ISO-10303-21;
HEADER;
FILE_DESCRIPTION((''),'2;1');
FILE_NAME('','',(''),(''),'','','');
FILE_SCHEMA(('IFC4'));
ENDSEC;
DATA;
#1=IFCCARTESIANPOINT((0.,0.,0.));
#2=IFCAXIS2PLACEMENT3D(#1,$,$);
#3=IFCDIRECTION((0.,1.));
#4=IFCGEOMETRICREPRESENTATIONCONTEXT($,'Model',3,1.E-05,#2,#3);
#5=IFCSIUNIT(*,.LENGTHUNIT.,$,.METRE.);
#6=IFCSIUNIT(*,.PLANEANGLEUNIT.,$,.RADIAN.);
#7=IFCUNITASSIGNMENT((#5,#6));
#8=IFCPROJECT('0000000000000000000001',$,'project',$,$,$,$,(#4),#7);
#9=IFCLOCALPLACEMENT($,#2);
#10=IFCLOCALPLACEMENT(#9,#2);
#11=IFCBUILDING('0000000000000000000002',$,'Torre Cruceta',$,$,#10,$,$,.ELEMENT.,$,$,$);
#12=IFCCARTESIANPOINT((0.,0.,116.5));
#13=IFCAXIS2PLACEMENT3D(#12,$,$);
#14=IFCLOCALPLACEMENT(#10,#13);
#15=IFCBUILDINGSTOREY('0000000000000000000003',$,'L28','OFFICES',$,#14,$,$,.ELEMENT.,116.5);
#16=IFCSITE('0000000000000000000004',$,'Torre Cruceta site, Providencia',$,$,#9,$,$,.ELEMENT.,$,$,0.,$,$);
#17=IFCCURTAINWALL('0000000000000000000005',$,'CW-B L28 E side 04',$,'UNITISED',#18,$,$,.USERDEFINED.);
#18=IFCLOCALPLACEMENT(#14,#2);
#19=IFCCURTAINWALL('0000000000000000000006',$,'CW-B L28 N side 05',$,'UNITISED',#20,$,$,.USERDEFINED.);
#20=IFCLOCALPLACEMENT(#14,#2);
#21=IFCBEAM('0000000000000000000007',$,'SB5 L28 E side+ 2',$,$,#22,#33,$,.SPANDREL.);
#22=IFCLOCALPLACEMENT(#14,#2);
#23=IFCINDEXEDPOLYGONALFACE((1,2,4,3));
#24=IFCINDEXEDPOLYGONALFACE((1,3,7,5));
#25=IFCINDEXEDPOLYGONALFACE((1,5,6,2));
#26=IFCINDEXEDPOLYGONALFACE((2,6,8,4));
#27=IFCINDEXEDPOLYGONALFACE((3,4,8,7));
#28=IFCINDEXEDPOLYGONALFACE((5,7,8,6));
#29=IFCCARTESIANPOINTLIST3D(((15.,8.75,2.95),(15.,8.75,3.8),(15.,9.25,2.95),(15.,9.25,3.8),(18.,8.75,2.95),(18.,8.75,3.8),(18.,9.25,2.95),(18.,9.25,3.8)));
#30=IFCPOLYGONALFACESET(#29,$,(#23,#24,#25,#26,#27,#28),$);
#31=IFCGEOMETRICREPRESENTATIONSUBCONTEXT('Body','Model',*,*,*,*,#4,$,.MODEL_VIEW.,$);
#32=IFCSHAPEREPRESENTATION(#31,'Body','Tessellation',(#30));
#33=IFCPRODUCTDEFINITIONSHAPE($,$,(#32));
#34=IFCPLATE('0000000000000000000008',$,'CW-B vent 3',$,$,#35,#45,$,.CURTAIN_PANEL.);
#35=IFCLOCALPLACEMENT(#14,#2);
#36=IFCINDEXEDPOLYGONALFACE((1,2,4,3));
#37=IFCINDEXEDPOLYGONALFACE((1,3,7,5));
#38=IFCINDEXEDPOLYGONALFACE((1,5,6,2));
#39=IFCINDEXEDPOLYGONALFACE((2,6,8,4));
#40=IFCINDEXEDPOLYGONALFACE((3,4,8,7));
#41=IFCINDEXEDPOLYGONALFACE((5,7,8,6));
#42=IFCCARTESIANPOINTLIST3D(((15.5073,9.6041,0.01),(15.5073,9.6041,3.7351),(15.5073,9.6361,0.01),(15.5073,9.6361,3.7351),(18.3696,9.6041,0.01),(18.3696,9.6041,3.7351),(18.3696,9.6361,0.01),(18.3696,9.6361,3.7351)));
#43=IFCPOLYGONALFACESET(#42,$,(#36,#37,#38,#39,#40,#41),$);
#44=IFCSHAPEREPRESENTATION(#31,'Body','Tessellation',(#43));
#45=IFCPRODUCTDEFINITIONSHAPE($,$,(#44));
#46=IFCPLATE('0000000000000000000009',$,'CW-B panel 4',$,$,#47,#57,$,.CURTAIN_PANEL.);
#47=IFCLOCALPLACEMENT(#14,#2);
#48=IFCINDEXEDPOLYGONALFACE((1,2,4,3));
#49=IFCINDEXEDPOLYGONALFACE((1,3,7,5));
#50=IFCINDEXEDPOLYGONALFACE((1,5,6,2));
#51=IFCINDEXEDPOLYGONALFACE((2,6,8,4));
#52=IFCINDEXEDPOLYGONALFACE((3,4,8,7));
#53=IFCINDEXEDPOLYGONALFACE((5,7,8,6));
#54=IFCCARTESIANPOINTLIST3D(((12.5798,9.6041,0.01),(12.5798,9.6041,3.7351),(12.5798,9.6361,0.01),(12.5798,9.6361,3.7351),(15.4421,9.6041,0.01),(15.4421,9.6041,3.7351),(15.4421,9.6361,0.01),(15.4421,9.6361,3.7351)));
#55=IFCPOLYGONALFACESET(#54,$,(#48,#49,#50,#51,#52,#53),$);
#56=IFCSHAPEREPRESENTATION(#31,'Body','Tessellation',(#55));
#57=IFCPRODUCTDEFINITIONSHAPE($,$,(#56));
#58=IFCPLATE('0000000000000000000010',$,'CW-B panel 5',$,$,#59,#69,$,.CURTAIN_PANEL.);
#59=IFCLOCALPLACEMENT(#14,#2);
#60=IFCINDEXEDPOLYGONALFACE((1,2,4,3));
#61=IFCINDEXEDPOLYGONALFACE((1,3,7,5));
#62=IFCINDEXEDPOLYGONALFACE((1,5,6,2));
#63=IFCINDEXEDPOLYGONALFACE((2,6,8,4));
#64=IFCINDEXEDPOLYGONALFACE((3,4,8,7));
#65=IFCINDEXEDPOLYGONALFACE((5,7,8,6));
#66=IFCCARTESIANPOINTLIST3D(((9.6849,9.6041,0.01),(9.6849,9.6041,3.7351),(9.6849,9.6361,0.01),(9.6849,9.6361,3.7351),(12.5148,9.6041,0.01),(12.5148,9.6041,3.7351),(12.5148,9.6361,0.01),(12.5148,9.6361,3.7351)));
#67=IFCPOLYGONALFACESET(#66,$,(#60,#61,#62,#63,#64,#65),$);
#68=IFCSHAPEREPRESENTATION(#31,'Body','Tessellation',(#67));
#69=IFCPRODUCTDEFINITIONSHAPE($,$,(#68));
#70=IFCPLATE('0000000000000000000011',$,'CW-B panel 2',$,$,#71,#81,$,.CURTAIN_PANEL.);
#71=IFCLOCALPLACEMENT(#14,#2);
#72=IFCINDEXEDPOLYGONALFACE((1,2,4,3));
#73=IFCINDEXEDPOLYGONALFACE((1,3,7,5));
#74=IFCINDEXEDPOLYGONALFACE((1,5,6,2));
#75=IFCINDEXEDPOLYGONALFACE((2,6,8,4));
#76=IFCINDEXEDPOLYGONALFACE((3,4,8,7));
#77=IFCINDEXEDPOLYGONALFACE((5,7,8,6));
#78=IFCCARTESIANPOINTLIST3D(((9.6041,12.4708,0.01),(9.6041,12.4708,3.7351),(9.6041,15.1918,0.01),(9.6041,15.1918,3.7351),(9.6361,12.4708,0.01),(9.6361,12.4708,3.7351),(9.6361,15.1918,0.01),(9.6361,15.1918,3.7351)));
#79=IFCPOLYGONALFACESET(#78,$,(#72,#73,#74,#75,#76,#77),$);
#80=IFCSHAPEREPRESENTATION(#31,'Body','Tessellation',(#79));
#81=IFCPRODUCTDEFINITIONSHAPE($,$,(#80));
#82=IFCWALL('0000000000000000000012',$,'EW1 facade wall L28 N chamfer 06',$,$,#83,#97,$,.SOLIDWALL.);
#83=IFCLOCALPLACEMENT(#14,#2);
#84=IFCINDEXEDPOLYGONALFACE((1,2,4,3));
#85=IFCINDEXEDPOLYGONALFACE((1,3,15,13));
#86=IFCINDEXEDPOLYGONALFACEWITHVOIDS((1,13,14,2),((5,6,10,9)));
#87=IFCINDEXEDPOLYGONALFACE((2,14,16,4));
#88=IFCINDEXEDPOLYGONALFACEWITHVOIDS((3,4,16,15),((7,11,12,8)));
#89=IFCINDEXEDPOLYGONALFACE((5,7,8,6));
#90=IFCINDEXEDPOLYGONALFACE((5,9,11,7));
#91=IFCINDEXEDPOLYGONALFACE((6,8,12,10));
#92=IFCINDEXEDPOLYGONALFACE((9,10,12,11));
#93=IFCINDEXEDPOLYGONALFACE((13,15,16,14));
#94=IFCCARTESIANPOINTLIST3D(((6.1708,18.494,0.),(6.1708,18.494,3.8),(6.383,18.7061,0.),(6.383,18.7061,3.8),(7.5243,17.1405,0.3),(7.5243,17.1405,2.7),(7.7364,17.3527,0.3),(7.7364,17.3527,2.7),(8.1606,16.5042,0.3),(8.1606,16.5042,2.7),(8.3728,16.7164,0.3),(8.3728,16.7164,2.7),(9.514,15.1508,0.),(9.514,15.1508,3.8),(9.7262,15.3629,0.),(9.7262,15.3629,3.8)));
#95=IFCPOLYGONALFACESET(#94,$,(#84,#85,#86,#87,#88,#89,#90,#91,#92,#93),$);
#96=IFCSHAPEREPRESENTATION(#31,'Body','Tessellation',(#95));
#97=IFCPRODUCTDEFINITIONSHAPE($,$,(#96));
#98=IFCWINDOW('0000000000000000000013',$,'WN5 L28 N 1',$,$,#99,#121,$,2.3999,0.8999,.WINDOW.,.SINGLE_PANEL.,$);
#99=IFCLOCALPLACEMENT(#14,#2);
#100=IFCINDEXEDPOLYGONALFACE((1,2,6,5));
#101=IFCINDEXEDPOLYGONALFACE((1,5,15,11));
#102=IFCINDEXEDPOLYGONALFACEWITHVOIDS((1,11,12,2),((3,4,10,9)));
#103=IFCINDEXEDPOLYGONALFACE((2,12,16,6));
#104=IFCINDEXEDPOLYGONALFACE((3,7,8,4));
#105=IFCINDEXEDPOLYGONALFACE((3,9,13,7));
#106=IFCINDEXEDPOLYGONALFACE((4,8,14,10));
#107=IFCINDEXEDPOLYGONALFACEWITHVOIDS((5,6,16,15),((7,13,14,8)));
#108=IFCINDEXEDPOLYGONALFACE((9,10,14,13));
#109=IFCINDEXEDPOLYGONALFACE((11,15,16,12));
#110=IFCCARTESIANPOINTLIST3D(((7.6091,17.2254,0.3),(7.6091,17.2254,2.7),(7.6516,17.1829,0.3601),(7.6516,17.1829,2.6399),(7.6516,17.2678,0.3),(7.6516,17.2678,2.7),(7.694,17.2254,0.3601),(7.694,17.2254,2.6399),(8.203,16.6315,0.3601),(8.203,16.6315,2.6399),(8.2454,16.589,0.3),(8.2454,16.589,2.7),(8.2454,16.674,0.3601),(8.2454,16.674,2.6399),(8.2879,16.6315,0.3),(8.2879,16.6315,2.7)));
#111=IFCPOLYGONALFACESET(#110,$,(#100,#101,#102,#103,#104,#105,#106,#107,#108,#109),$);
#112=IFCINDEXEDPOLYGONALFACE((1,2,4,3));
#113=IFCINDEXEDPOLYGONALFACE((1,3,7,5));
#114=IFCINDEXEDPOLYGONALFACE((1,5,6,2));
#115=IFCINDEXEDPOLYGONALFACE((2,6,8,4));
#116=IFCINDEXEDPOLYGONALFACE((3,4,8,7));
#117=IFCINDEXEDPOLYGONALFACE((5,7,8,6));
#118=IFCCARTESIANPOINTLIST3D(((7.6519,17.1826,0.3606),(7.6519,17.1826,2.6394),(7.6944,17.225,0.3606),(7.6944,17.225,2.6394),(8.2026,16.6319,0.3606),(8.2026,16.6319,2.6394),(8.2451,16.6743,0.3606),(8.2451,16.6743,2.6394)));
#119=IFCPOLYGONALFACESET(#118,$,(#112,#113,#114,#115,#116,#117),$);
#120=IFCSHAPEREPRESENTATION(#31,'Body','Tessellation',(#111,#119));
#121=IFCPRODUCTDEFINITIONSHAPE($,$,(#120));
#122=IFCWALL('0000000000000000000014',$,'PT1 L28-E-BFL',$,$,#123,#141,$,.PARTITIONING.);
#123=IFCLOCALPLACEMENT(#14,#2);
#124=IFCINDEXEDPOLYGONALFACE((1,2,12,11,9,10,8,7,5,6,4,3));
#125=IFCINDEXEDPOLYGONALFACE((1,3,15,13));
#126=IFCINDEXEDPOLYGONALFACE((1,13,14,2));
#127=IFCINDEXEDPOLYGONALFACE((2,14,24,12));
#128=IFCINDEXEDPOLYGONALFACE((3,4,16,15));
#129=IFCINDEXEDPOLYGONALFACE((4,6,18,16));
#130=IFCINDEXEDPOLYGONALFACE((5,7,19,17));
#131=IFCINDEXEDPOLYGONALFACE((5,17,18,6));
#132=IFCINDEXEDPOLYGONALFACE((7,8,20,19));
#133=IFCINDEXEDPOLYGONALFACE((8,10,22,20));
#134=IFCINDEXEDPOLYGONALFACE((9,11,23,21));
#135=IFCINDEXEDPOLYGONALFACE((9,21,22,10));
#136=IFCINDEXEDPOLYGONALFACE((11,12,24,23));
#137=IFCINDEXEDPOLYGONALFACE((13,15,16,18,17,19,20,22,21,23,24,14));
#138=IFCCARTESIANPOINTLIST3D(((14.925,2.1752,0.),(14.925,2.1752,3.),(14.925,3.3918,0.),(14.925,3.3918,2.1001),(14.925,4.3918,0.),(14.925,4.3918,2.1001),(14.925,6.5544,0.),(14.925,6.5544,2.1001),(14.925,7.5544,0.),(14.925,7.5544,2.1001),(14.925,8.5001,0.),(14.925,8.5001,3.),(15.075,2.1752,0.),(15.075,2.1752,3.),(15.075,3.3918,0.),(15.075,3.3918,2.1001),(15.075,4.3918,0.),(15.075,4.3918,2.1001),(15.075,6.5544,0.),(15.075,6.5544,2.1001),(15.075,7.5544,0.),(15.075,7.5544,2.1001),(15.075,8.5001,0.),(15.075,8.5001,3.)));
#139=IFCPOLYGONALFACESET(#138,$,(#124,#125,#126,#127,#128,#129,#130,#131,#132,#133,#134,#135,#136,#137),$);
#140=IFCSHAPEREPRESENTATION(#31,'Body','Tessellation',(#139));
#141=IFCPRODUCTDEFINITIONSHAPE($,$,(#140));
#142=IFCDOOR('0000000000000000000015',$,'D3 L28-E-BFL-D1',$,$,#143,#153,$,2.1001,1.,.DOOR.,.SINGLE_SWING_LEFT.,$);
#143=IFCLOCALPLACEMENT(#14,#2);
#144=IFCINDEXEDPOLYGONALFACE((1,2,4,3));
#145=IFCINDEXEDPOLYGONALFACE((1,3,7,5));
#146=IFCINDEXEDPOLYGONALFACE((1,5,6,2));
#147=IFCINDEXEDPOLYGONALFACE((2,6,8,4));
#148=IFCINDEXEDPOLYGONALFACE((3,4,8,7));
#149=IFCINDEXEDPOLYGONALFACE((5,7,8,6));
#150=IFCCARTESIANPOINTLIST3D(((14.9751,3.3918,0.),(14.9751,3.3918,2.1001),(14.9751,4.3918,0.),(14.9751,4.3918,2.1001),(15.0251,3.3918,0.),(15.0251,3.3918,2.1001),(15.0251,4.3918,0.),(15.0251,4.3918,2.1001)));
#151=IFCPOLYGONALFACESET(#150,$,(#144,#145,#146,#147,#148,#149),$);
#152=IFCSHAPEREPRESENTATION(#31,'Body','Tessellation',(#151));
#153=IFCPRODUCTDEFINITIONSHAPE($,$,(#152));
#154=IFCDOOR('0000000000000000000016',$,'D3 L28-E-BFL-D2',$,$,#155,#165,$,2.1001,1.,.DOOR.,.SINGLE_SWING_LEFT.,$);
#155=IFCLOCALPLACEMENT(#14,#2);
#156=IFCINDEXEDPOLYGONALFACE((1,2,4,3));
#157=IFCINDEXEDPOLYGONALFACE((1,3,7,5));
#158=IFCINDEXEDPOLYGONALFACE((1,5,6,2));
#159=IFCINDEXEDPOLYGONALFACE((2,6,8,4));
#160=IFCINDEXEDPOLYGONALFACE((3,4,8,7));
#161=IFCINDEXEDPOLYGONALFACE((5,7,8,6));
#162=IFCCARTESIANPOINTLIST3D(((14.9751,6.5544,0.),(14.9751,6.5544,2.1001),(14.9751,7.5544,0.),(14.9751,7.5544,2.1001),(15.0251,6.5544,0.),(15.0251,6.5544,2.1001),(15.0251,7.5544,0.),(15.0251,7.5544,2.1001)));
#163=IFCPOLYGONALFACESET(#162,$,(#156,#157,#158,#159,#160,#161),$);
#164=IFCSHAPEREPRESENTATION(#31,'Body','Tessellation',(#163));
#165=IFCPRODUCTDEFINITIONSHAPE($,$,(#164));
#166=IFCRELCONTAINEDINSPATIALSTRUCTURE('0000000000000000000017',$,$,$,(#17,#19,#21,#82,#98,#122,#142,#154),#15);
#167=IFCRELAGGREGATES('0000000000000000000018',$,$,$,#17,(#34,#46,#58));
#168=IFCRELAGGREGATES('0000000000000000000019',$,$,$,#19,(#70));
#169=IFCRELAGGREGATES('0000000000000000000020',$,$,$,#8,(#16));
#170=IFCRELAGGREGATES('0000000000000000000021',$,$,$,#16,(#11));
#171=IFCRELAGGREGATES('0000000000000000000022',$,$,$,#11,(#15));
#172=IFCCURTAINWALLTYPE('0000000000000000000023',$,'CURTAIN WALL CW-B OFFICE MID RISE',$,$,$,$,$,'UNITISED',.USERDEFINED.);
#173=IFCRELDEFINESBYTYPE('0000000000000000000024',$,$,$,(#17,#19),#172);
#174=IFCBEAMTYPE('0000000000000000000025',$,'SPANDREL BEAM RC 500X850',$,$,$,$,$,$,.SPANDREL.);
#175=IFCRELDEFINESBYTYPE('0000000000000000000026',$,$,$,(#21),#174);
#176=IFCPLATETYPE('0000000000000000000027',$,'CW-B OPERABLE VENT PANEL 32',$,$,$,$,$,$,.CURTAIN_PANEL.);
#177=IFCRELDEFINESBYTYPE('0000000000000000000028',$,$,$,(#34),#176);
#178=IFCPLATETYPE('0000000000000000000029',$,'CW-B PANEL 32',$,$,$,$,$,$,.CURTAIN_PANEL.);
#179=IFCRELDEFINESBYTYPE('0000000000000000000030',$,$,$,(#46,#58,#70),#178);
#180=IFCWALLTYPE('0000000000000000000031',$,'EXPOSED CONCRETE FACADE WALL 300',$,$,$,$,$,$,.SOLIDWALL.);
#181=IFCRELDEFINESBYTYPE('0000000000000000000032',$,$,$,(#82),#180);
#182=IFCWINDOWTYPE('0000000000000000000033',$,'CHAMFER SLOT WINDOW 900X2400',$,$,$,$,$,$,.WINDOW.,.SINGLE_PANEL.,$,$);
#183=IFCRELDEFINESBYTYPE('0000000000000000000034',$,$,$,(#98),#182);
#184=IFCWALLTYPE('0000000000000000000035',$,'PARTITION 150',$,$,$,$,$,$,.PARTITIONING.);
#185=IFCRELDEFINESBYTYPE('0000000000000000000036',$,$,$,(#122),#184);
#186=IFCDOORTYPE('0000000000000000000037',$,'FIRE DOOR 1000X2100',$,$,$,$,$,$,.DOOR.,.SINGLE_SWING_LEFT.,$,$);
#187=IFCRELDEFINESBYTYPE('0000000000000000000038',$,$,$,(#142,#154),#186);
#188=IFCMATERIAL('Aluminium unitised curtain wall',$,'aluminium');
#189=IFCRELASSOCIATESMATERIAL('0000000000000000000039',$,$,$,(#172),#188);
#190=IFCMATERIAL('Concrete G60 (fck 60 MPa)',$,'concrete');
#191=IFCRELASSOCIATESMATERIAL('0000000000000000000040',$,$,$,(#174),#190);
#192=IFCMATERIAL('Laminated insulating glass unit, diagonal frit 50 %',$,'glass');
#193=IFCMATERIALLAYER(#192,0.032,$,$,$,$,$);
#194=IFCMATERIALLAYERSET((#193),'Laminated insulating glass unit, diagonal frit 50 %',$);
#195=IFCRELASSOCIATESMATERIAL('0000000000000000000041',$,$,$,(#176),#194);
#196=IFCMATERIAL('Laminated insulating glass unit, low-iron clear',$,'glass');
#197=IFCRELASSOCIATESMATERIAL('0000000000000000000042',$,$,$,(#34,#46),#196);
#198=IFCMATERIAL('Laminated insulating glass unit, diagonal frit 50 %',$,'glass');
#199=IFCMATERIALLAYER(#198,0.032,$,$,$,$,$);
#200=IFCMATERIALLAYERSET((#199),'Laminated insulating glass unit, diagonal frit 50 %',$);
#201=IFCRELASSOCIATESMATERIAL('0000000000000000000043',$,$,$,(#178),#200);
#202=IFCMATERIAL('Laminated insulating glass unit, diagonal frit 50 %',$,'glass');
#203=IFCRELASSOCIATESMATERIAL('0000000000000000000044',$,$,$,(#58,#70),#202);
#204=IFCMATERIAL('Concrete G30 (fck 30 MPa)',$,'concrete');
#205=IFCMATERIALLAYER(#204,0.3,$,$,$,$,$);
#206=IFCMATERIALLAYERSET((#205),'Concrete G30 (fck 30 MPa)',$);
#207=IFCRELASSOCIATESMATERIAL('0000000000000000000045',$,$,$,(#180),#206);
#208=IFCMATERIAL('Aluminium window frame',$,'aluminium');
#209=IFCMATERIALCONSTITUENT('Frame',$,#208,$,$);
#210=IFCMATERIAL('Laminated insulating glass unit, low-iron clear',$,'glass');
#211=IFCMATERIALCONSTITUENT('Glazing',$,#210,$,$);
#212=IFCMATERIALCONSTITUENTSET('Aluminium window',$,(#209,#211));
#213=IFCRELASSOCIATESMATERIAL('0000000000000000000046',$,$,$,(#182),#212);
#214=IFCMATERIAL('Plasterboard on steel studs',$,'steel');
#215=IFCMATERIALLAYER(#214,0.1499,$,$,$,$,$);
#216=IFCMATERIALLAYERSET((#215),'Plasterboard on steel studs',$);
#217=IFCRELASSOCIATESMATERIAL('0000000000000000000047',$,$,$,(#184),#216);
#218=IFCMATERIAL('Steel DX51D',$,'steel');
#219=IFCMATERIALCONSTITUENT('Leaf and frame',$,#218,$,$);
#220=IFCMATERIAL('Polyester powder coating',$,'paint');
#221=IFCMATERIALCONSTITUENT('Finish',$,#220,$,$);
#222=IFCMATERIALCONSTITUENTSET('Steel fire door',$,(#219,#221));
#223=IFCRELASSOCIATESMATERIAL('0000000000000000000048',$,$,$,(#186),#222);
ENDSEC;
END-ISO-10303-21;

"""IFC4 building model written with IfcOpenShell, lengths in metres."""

from ifc_helpers import new_model, si_unit, direction, frame, frame_2d, origin, origin_2d, place, context, subcontext, project, spatial, rectangle, hollow_rectangle, extrude, material, layer, layer_set, constituent, constituent_set, material_profile, profile_set, type_object, element, fill, aggregate, save


model = new_model("IFC4")

# Units and contexts
model_context = context("Model", 3, precision=1e-05, world=origin(), true_north=direction((0.0, 1.0)))
body_context = subcontext(model_context, "Body", "Model", "MODEL_VIEW")
ifc_project = project(units=[si_unit("LENGTHUNIT", "METRE"), si_unit("PLANEANGLEUNIT", "RADIAN")], contexts=[model_context])

# Site, building, storey
site_placement = place(None, origin())
site = spatial("IfcSite", under=ifc_project, at=site_placement, Name="Torre Cruceta site, Providencia", CompositionType="ELEMENT", RefElevation=0.0)
building_placement = place(site_placement, origin())
building = spatial("IfcBuilding", under=site, at=building_placement, Name="Torre Cruceta", CompositionType="ELEMENT")
storey_placement = place(building_placement, frame((0.0, 0.0, 116.5)))
storey = spatial("IfcBuildingStorey", under=building, at=storey_placement, Name="L28", Description="OFFICES", CompositionType="ELEMENT", Elevation=116.5)

# Curtain wall
ifc_material_1 = material(Name="Aluminium unitised curtain wall", Category="aluminium")
curtain_wall_type = type_object("IfcCurtainWallType", Name="CURTAIN WALL CW-B OFFICE MID RISE", ElementType="UNITISED", PredefinedType="USERDEFINED", material=ifc_material_1)
curtain_wall_1_placement = place(storey_placement, origin())
curtain_wall_1 = element("IfcCurtainWall", 1, at=curtain_wall_1_placement, inside=storey, type_object=curtain_wall_type, Name="CW-B L28 E side 04", ObjectType="UNITISED", PredefinedType="USERDEFINED")

# Curtain wall
curtain_wall_2_placement = place(storey_placement, origin())
curtain_wall_2 = element("IfcCurtainWall", 2, at=curtain_wall_2_placement, inside=storey, type_object=curtain_wall_type, Name="CW-B L28 N side 05", ObjectType="UNITISED", PredefinedType="USERDEFINED")

# Beam
ifc_material_2 = material(Name="Concrete G60 (fck 60 MPa)", Category="concrete")
ifc_material_profile_1 = material_profile(ifc_material_2, rectangle(XDim=0.5, YDim=0.8501, at=origin_2d()), Name="RC 500X850")
ifc_profile_set_1 = profile_set([ifc_material_profile_1], Name="Concrete G60 (fck 60 MPa)")
beam_type_1 = type_object("IfcBeamType", Name="SPANDREL BEAM RC 500X850", PredefinedType="SPANDREL", material=ifc_profile_set_1)
beam_1_placement = place(storey_placement, frame((15.0, 9.0, 3.375), z_axis=(1.0, 0.0, 0.0), x_axis=(0.0, 1.0, 0.0)))
element("IfcBeam", 3, at=beam_1_placement, inside=storey, type_object=beam_type_1, Name="SB5 L28 E side+ 2", PredefinedType="SPANDREL", context=body_context, shape_type="SweptSolid", body=[
    extrude(rectangle(XDim=0.5, YDim=0.8501, at=origin_2d()), origin(), (0.0, 0.0, 1.0), 3.0),
])

# Plates
ifc_material_3 = material(Name="Laminated insulating glass unit, low-iron clear", Category="glass")
ifc_material_4 = material(Name="Laminated insulating glass unit, diagonal frit 50 %", Category="glass")
ifc_layer_1 = layer(ifc_material_4, 0.032)
ifc_layer_set_1 = layer_set([ifc_layer_1], Name="Laminated insulating glass unit, diagonal frit 50 %")
plate_type_1 = type_object("IfcPlateType", Name="CW-B OPERABLE VENT PANEL 32", PredefinedType="CURTAIN_PANEL", material=ifc_layer_set_1)
plate_1_placement = place(storey_placement, frame((16.9385, 9.6201, 0.01), z_axis=(0.0, 0.0, 1.0), x_axis=(-1.0, 0.0, 0.0)))
plate_1 = element("IfcPlate", 4, at=plate_1_placement, type_object=plate_type_1, material=ifc_material_3, Name="CW-B vent 3", PredefinedType="CURTAIN_PANEL", context=body_context, shape_type="SweptSolid", body=[
    extrude(rectangle(XDim=2.8623, YDim=0.032, at=origin_2d()), origin(), (0.0, 0.0, 1.0), 3.7251),
])
ifc_material_5 = material(Name="Laminated insulating glass unit, diagonal frit 50 %", Category="glass")
ifc_layer_2 = layer(ifc_material_5, 0.032)
ifc_layer_set_2 = layer_set([ifc_layer_2], Name="Laminated insulating glass unit, diagonal frit 50 %")
plate_type_2 = type_object("IfcPlateType", Name="CW-B PANEL 32", PredefinedType="CURTAIN_PANEL", material=ifc_layer_set_2)
plate_2_placement = place(storey_placement, frame((14.011, 9.6201, 0.01), z_axis=(0.0, 0.0, 1.0), x_axis=(-1.0, 0.0, 0.0)))
plate_2 = element("IfcPlate", 5, at=plate_2_placement, type_object=plate_type_2, material=ifc_material_3, Name="CW-B panel 4", PredefinedType="CURTAIN_PANEL", context=body_context, shape_type="SweptSolid", body=[
    extrude(rectangle(XDim=2.8623, YDim=0.032, at=origin_2d()), origin(), (0.0, 0.0, 1.0), 3.7251),
])
ifc_material_6 = material(Name="Laminated insulating glass unit, diagonal frit 50 %", Category="glass")
plate_3_placement = place(storey_placement, frame((11.0999, 9.6201, 0.01), z_axis=(0.0, 0.0, 1.0), x_axis=(-1.0, 0.0, 0.0)))
plate_3 = element("IfcPlate", 6, at=plate_3_placement, type_object=plate_type_2, material=ifc_material_6, Name="CW-B panel 5", PredefinedType="CURTAIN_PANEL", context=body_context, shape_type="SweptSolid", body=[
    extrude(rectangle(XDim=2.8298, YDim=0.032, at=origin_2d()), origin(), (0.0, 0.0, 1.0), 3.7251),
])
aggregate(curtain_wall_1, [plate_1, plate_2, plate_3])
plate_4_placement = place(storey_placement, frame((9.6201, 13.8313, 0.01), z_axis=(0.0, 0.0, 1.0), x_axis=(0.0, 1.0, 0.0)))
plate_4 = element("IfcPlate", 7, at=plate_4_placement, type_object=plate_type_2, material=ifc_material_6, Name="CW-B panel 2", PredefinedType="CURTAIN_PANEL", context=body_context, shape_type="SweptSolid", body=[
    extrude(rectangle(XDim=2.7209, YDim=0.032, at=origin_2d()), origin(), (0.0, 0.0, 1.0), 3.7251),
])
aggregate(curtain_wall_2, [plate_4])

# Wall, opening, window
ifc_material_7 = material(Name="Concrete G30 (fck 30 MPa)", Category="concrete")
ifc_layer_3 = layer(ifc_material_7, 0.3)
ifc_layer_set_3 = layer_set([ifc_layer_3], Name="Concrete G30 (fck 30 MPa)")
wall_type_1 = type_object("IfcWallType", Name="EXPOSED CONCRETE FACADE WALL 300", PredefinedType="SOLIDWALL", material=ifc_layer_set_3)
wall_1_placement = place(storey_placement, frame((9.6201, 15.2568, 0.0), z_axis=(0.0, 0.0, 1.0), x_axis=(-0.707107, 0.707107, 0.0)))
wall_1 = element("IfcWall", 8, at=wall_1_placement, inside=storey, type_object=wall_type_1, Name="EW1 facade wall L28 N chamfer 06", PredefinedType="SOLIDWALL", context=body_context, shape_type="SweptSolid", body=[
    extrude(rectangle(XDim=4.728, YDim=0.3, at=frame_2d((2.364, 0.0))), origin(), (0.0, 0.0, 1.0), 3.8),
])
opening_1_placement = place(wall_1_placement, frame((1.9141, 0.0, 0.3)))
opening_1 = element("IfcOpeningElement", 9, at=opening_1_placement, cuts=wall_1, PredefinedType="OPENING", context=body_context, shape_type="SweptSolid", body=[
    extrude(rectangle(XDim=0.8999, YDim=2.3999, at=frame_2d((0.45, 1.2))), frame((0.0, 0.1599, 0.0), z_axis=(0.0, -1.0, 0.0), x_axis=(1.0, 0.0, 0.0)), (0.0, 0.0, 1.0), 0.3201),
])
ifc_material_8 = material(Name="Aluminium window frame", Category="aluminium")
ifc_constituent_1 = constituent(ifc_material_8, Name="Frame")
ifc_material_9 = material(Name="Laminated insulating glass unit, low-iron clear", Category="glass")
ifc_constituent_2 = constituent(ifc_material_9, Name="Glazing")
ifc_constituent_set_1 = constituent_set(constituents=[ifc_constituent_1, ifc_constituent_2], Name="Aluminium window")
window_type = type_object("IfcWindowType", Name="CHAMFER SLOT WINDOW 900X2400", PartitioningType="SINGLE_PANEL", PredefinedType="WINDOW", material=ifc_constituent_set_1)
window_placement = place(opening_1_placement, origin())
window = element("IfcWindow", 10, at=window_placement, inside=storey, type_object=window_type, Name="WN5 L28 N 1", OverallHeight=2.3999, OverallWidth=0.8999, PartitioningType="SINGLE_PANEL", PredefinedType="WINDOW", context=body_context, shape_type="SweptSolid", body=[
    extrude(hollow_rectangle(XDim=0.8999, YDim=2.3999, WallThickness=0.0601, at=frame_2d((0.45, 1.2))), frame((0.0, 0.03, 0.0), z_axis=(0.0, -1.0, 0.0), x_axis=(1.0, 0.0, 0.0)), (0.0, 0.0, 1.0), 0.0601),
    extrude(rectangle(XDim=0.7788, YDim=2.2788, at=frame_2d((0.45, 1.2))), frame((0.0, 0.03, 0.0), z_axis=(0.0, -1.0, 0.0), x_axis=(1.0, 0.0, 0.0)), (0.0, 0.0, 1.0), 0.0601),
])
fill(opening_1, window)

# Wall, openings, doors
ifc_material_10 = material(Name="Plasterboard on steel studs", Category="steel")
ifc_layer_4 = layer(ifc_material_10, 0.1499)
ifc_layer_set_4 = layer_set([ifc_layer_4], Name="Plasterboard on steel studs")
wall_type_2 = type_object("IfcWallType", Name="PARTITION 150", PredefinedType="PARTITIONING", material=ifc_layer_set_4)
wall_2_placement = place(storey_placement, frame((15.0, 2.175, 0.0), z_axis=(0.0, 0.0, 1.0), x_axis=(0.0, 1.0, 0.0)))
wall_2 = element("IfcWall", 11, at=wall_2_placement, inside=storey, type_object=wall_type_2, Name="PT1 L28-E-BFL", PredefinedType="PARTITIONING", context=body_context, shape_type="SweptSolid", body=[
    extrude(rectangle(XDim=6.325, YDim=0.1499, at=frame_2d((3.1626, 0.0))), origin(), (0.0, 0.0, 1.0), 3.0),
])
opening_2_placement = place(wall_2_placement, frame((1.2168, 0.0, 0.0)))
opening_2 = element("IfcOpeningElement", 12, at=opening_2_placement, cuts=wall_2, PredefinedType="OPENING", context=body_context, shape_type="SweptSolid", body=[
    extrude(rectangle(XDim=1.0, YDim=2.1001, at=frame_2d((0.5, 1.05))), frame((0.0, 0.085, 0.0), z_axis=(0.0, -1.0, 0.0), x_axis=(1.0, 0.0, 0.0)), (0.0, 0.0, 1.0), 0.1699),
])
opening_3_placement = place(wall_2_placement, frame((4.3794, 0.0, 0.0)))
opening_3 = element("IfcOpeningElement", 13, at=opening_3_placement, cuts=wall_2, PredefinedType="OPENING", context=body_context, shape_type="SweptSolid", body=[
    extrude(rectangle(XDim=1.0, YDim=2.1001, at=frame_2d((0.5, 1.05))), frame((0.0, 0.085, 0.0), z_axis=(0.0, -1.0, 0.0), x_axis=(1.0, 0.0, 0.0)), (0.0, 0.0, 1.0), 0.1699),
])
ifc_material_11 = material(Name="Steel DX51D", Category="steel")
ifc_constituent_3 = constituent(ifc_material_11, Name="Leaf and frame")
ifc_material_12 = material(Name="Polyester powder coating", Category="paint")
ifc_constituent_4 = constituent(ifc_material_12, Name="Finish")
ifc_constituent_set_2 = constituent_set(constituents=[ifc_constituent_3, ifc_constituent_4], Name="Steel fire door")
door_type = type_object("IfcDoorType", Name="FIRE DOOR 1000X2100", OperationType="SINGLE_SWING_LEFT", PredefinedType="DOOR", material=ifc_constituent_set_2)
door_1_placement = place(opening_2_placement, origin())
door_1 = element("IfcDoor", 14, at=door_1_placement, inside=storey, type_object=door_type, Name="D3 L28-E-BFL-D1", OperationType="SINGLE_SWING_LEFT", OverallHeight=2.1001, OverallWidth=1.0, PredefinedType="DOOR", context=body_context, shape_type="SweptSolid", body=[
    extrude(rectangle(XDim=1.0, YDim=2.1001, at=frame_2d((0.5, 1.05))), frame((0.0, 0.0249, 0.0), z_axis=(0.0, -1.0, 0.0), x_axis=(1.0, 0.0, 0.0)), (0.0, 0.0, 1.0), 0.05),
])
fill(opening_2, door_1)
door_2_placement = place(opening_3_placement, origin())
door_2 = element("IfcDoor", 15, at=door_2_placement, inside=storey, type_object=door_type, Name="D3 L28-E-BFL-D2", OperationType="SINGLE_SWING_LEFT", OverallHeight=2.1001, OverallWidth=1.0, PredefinedType="DOOR", context=body_context, shape_type="SweptSolid", body=[
    extrude(rectangle(XDim=1.0, YDim=2.1001, at=frame_2d((0.5, 1.05))), frame((0.0, 0.0249, 0.0), z_axis=(0.0, -1.0, 0.0), x_axis=(1.0, 0.0, 0.0)), (0.0, 0.0, 1.0), 0.05),
])
fill(opening_3, door_2)

save(model, "model.ifc")
